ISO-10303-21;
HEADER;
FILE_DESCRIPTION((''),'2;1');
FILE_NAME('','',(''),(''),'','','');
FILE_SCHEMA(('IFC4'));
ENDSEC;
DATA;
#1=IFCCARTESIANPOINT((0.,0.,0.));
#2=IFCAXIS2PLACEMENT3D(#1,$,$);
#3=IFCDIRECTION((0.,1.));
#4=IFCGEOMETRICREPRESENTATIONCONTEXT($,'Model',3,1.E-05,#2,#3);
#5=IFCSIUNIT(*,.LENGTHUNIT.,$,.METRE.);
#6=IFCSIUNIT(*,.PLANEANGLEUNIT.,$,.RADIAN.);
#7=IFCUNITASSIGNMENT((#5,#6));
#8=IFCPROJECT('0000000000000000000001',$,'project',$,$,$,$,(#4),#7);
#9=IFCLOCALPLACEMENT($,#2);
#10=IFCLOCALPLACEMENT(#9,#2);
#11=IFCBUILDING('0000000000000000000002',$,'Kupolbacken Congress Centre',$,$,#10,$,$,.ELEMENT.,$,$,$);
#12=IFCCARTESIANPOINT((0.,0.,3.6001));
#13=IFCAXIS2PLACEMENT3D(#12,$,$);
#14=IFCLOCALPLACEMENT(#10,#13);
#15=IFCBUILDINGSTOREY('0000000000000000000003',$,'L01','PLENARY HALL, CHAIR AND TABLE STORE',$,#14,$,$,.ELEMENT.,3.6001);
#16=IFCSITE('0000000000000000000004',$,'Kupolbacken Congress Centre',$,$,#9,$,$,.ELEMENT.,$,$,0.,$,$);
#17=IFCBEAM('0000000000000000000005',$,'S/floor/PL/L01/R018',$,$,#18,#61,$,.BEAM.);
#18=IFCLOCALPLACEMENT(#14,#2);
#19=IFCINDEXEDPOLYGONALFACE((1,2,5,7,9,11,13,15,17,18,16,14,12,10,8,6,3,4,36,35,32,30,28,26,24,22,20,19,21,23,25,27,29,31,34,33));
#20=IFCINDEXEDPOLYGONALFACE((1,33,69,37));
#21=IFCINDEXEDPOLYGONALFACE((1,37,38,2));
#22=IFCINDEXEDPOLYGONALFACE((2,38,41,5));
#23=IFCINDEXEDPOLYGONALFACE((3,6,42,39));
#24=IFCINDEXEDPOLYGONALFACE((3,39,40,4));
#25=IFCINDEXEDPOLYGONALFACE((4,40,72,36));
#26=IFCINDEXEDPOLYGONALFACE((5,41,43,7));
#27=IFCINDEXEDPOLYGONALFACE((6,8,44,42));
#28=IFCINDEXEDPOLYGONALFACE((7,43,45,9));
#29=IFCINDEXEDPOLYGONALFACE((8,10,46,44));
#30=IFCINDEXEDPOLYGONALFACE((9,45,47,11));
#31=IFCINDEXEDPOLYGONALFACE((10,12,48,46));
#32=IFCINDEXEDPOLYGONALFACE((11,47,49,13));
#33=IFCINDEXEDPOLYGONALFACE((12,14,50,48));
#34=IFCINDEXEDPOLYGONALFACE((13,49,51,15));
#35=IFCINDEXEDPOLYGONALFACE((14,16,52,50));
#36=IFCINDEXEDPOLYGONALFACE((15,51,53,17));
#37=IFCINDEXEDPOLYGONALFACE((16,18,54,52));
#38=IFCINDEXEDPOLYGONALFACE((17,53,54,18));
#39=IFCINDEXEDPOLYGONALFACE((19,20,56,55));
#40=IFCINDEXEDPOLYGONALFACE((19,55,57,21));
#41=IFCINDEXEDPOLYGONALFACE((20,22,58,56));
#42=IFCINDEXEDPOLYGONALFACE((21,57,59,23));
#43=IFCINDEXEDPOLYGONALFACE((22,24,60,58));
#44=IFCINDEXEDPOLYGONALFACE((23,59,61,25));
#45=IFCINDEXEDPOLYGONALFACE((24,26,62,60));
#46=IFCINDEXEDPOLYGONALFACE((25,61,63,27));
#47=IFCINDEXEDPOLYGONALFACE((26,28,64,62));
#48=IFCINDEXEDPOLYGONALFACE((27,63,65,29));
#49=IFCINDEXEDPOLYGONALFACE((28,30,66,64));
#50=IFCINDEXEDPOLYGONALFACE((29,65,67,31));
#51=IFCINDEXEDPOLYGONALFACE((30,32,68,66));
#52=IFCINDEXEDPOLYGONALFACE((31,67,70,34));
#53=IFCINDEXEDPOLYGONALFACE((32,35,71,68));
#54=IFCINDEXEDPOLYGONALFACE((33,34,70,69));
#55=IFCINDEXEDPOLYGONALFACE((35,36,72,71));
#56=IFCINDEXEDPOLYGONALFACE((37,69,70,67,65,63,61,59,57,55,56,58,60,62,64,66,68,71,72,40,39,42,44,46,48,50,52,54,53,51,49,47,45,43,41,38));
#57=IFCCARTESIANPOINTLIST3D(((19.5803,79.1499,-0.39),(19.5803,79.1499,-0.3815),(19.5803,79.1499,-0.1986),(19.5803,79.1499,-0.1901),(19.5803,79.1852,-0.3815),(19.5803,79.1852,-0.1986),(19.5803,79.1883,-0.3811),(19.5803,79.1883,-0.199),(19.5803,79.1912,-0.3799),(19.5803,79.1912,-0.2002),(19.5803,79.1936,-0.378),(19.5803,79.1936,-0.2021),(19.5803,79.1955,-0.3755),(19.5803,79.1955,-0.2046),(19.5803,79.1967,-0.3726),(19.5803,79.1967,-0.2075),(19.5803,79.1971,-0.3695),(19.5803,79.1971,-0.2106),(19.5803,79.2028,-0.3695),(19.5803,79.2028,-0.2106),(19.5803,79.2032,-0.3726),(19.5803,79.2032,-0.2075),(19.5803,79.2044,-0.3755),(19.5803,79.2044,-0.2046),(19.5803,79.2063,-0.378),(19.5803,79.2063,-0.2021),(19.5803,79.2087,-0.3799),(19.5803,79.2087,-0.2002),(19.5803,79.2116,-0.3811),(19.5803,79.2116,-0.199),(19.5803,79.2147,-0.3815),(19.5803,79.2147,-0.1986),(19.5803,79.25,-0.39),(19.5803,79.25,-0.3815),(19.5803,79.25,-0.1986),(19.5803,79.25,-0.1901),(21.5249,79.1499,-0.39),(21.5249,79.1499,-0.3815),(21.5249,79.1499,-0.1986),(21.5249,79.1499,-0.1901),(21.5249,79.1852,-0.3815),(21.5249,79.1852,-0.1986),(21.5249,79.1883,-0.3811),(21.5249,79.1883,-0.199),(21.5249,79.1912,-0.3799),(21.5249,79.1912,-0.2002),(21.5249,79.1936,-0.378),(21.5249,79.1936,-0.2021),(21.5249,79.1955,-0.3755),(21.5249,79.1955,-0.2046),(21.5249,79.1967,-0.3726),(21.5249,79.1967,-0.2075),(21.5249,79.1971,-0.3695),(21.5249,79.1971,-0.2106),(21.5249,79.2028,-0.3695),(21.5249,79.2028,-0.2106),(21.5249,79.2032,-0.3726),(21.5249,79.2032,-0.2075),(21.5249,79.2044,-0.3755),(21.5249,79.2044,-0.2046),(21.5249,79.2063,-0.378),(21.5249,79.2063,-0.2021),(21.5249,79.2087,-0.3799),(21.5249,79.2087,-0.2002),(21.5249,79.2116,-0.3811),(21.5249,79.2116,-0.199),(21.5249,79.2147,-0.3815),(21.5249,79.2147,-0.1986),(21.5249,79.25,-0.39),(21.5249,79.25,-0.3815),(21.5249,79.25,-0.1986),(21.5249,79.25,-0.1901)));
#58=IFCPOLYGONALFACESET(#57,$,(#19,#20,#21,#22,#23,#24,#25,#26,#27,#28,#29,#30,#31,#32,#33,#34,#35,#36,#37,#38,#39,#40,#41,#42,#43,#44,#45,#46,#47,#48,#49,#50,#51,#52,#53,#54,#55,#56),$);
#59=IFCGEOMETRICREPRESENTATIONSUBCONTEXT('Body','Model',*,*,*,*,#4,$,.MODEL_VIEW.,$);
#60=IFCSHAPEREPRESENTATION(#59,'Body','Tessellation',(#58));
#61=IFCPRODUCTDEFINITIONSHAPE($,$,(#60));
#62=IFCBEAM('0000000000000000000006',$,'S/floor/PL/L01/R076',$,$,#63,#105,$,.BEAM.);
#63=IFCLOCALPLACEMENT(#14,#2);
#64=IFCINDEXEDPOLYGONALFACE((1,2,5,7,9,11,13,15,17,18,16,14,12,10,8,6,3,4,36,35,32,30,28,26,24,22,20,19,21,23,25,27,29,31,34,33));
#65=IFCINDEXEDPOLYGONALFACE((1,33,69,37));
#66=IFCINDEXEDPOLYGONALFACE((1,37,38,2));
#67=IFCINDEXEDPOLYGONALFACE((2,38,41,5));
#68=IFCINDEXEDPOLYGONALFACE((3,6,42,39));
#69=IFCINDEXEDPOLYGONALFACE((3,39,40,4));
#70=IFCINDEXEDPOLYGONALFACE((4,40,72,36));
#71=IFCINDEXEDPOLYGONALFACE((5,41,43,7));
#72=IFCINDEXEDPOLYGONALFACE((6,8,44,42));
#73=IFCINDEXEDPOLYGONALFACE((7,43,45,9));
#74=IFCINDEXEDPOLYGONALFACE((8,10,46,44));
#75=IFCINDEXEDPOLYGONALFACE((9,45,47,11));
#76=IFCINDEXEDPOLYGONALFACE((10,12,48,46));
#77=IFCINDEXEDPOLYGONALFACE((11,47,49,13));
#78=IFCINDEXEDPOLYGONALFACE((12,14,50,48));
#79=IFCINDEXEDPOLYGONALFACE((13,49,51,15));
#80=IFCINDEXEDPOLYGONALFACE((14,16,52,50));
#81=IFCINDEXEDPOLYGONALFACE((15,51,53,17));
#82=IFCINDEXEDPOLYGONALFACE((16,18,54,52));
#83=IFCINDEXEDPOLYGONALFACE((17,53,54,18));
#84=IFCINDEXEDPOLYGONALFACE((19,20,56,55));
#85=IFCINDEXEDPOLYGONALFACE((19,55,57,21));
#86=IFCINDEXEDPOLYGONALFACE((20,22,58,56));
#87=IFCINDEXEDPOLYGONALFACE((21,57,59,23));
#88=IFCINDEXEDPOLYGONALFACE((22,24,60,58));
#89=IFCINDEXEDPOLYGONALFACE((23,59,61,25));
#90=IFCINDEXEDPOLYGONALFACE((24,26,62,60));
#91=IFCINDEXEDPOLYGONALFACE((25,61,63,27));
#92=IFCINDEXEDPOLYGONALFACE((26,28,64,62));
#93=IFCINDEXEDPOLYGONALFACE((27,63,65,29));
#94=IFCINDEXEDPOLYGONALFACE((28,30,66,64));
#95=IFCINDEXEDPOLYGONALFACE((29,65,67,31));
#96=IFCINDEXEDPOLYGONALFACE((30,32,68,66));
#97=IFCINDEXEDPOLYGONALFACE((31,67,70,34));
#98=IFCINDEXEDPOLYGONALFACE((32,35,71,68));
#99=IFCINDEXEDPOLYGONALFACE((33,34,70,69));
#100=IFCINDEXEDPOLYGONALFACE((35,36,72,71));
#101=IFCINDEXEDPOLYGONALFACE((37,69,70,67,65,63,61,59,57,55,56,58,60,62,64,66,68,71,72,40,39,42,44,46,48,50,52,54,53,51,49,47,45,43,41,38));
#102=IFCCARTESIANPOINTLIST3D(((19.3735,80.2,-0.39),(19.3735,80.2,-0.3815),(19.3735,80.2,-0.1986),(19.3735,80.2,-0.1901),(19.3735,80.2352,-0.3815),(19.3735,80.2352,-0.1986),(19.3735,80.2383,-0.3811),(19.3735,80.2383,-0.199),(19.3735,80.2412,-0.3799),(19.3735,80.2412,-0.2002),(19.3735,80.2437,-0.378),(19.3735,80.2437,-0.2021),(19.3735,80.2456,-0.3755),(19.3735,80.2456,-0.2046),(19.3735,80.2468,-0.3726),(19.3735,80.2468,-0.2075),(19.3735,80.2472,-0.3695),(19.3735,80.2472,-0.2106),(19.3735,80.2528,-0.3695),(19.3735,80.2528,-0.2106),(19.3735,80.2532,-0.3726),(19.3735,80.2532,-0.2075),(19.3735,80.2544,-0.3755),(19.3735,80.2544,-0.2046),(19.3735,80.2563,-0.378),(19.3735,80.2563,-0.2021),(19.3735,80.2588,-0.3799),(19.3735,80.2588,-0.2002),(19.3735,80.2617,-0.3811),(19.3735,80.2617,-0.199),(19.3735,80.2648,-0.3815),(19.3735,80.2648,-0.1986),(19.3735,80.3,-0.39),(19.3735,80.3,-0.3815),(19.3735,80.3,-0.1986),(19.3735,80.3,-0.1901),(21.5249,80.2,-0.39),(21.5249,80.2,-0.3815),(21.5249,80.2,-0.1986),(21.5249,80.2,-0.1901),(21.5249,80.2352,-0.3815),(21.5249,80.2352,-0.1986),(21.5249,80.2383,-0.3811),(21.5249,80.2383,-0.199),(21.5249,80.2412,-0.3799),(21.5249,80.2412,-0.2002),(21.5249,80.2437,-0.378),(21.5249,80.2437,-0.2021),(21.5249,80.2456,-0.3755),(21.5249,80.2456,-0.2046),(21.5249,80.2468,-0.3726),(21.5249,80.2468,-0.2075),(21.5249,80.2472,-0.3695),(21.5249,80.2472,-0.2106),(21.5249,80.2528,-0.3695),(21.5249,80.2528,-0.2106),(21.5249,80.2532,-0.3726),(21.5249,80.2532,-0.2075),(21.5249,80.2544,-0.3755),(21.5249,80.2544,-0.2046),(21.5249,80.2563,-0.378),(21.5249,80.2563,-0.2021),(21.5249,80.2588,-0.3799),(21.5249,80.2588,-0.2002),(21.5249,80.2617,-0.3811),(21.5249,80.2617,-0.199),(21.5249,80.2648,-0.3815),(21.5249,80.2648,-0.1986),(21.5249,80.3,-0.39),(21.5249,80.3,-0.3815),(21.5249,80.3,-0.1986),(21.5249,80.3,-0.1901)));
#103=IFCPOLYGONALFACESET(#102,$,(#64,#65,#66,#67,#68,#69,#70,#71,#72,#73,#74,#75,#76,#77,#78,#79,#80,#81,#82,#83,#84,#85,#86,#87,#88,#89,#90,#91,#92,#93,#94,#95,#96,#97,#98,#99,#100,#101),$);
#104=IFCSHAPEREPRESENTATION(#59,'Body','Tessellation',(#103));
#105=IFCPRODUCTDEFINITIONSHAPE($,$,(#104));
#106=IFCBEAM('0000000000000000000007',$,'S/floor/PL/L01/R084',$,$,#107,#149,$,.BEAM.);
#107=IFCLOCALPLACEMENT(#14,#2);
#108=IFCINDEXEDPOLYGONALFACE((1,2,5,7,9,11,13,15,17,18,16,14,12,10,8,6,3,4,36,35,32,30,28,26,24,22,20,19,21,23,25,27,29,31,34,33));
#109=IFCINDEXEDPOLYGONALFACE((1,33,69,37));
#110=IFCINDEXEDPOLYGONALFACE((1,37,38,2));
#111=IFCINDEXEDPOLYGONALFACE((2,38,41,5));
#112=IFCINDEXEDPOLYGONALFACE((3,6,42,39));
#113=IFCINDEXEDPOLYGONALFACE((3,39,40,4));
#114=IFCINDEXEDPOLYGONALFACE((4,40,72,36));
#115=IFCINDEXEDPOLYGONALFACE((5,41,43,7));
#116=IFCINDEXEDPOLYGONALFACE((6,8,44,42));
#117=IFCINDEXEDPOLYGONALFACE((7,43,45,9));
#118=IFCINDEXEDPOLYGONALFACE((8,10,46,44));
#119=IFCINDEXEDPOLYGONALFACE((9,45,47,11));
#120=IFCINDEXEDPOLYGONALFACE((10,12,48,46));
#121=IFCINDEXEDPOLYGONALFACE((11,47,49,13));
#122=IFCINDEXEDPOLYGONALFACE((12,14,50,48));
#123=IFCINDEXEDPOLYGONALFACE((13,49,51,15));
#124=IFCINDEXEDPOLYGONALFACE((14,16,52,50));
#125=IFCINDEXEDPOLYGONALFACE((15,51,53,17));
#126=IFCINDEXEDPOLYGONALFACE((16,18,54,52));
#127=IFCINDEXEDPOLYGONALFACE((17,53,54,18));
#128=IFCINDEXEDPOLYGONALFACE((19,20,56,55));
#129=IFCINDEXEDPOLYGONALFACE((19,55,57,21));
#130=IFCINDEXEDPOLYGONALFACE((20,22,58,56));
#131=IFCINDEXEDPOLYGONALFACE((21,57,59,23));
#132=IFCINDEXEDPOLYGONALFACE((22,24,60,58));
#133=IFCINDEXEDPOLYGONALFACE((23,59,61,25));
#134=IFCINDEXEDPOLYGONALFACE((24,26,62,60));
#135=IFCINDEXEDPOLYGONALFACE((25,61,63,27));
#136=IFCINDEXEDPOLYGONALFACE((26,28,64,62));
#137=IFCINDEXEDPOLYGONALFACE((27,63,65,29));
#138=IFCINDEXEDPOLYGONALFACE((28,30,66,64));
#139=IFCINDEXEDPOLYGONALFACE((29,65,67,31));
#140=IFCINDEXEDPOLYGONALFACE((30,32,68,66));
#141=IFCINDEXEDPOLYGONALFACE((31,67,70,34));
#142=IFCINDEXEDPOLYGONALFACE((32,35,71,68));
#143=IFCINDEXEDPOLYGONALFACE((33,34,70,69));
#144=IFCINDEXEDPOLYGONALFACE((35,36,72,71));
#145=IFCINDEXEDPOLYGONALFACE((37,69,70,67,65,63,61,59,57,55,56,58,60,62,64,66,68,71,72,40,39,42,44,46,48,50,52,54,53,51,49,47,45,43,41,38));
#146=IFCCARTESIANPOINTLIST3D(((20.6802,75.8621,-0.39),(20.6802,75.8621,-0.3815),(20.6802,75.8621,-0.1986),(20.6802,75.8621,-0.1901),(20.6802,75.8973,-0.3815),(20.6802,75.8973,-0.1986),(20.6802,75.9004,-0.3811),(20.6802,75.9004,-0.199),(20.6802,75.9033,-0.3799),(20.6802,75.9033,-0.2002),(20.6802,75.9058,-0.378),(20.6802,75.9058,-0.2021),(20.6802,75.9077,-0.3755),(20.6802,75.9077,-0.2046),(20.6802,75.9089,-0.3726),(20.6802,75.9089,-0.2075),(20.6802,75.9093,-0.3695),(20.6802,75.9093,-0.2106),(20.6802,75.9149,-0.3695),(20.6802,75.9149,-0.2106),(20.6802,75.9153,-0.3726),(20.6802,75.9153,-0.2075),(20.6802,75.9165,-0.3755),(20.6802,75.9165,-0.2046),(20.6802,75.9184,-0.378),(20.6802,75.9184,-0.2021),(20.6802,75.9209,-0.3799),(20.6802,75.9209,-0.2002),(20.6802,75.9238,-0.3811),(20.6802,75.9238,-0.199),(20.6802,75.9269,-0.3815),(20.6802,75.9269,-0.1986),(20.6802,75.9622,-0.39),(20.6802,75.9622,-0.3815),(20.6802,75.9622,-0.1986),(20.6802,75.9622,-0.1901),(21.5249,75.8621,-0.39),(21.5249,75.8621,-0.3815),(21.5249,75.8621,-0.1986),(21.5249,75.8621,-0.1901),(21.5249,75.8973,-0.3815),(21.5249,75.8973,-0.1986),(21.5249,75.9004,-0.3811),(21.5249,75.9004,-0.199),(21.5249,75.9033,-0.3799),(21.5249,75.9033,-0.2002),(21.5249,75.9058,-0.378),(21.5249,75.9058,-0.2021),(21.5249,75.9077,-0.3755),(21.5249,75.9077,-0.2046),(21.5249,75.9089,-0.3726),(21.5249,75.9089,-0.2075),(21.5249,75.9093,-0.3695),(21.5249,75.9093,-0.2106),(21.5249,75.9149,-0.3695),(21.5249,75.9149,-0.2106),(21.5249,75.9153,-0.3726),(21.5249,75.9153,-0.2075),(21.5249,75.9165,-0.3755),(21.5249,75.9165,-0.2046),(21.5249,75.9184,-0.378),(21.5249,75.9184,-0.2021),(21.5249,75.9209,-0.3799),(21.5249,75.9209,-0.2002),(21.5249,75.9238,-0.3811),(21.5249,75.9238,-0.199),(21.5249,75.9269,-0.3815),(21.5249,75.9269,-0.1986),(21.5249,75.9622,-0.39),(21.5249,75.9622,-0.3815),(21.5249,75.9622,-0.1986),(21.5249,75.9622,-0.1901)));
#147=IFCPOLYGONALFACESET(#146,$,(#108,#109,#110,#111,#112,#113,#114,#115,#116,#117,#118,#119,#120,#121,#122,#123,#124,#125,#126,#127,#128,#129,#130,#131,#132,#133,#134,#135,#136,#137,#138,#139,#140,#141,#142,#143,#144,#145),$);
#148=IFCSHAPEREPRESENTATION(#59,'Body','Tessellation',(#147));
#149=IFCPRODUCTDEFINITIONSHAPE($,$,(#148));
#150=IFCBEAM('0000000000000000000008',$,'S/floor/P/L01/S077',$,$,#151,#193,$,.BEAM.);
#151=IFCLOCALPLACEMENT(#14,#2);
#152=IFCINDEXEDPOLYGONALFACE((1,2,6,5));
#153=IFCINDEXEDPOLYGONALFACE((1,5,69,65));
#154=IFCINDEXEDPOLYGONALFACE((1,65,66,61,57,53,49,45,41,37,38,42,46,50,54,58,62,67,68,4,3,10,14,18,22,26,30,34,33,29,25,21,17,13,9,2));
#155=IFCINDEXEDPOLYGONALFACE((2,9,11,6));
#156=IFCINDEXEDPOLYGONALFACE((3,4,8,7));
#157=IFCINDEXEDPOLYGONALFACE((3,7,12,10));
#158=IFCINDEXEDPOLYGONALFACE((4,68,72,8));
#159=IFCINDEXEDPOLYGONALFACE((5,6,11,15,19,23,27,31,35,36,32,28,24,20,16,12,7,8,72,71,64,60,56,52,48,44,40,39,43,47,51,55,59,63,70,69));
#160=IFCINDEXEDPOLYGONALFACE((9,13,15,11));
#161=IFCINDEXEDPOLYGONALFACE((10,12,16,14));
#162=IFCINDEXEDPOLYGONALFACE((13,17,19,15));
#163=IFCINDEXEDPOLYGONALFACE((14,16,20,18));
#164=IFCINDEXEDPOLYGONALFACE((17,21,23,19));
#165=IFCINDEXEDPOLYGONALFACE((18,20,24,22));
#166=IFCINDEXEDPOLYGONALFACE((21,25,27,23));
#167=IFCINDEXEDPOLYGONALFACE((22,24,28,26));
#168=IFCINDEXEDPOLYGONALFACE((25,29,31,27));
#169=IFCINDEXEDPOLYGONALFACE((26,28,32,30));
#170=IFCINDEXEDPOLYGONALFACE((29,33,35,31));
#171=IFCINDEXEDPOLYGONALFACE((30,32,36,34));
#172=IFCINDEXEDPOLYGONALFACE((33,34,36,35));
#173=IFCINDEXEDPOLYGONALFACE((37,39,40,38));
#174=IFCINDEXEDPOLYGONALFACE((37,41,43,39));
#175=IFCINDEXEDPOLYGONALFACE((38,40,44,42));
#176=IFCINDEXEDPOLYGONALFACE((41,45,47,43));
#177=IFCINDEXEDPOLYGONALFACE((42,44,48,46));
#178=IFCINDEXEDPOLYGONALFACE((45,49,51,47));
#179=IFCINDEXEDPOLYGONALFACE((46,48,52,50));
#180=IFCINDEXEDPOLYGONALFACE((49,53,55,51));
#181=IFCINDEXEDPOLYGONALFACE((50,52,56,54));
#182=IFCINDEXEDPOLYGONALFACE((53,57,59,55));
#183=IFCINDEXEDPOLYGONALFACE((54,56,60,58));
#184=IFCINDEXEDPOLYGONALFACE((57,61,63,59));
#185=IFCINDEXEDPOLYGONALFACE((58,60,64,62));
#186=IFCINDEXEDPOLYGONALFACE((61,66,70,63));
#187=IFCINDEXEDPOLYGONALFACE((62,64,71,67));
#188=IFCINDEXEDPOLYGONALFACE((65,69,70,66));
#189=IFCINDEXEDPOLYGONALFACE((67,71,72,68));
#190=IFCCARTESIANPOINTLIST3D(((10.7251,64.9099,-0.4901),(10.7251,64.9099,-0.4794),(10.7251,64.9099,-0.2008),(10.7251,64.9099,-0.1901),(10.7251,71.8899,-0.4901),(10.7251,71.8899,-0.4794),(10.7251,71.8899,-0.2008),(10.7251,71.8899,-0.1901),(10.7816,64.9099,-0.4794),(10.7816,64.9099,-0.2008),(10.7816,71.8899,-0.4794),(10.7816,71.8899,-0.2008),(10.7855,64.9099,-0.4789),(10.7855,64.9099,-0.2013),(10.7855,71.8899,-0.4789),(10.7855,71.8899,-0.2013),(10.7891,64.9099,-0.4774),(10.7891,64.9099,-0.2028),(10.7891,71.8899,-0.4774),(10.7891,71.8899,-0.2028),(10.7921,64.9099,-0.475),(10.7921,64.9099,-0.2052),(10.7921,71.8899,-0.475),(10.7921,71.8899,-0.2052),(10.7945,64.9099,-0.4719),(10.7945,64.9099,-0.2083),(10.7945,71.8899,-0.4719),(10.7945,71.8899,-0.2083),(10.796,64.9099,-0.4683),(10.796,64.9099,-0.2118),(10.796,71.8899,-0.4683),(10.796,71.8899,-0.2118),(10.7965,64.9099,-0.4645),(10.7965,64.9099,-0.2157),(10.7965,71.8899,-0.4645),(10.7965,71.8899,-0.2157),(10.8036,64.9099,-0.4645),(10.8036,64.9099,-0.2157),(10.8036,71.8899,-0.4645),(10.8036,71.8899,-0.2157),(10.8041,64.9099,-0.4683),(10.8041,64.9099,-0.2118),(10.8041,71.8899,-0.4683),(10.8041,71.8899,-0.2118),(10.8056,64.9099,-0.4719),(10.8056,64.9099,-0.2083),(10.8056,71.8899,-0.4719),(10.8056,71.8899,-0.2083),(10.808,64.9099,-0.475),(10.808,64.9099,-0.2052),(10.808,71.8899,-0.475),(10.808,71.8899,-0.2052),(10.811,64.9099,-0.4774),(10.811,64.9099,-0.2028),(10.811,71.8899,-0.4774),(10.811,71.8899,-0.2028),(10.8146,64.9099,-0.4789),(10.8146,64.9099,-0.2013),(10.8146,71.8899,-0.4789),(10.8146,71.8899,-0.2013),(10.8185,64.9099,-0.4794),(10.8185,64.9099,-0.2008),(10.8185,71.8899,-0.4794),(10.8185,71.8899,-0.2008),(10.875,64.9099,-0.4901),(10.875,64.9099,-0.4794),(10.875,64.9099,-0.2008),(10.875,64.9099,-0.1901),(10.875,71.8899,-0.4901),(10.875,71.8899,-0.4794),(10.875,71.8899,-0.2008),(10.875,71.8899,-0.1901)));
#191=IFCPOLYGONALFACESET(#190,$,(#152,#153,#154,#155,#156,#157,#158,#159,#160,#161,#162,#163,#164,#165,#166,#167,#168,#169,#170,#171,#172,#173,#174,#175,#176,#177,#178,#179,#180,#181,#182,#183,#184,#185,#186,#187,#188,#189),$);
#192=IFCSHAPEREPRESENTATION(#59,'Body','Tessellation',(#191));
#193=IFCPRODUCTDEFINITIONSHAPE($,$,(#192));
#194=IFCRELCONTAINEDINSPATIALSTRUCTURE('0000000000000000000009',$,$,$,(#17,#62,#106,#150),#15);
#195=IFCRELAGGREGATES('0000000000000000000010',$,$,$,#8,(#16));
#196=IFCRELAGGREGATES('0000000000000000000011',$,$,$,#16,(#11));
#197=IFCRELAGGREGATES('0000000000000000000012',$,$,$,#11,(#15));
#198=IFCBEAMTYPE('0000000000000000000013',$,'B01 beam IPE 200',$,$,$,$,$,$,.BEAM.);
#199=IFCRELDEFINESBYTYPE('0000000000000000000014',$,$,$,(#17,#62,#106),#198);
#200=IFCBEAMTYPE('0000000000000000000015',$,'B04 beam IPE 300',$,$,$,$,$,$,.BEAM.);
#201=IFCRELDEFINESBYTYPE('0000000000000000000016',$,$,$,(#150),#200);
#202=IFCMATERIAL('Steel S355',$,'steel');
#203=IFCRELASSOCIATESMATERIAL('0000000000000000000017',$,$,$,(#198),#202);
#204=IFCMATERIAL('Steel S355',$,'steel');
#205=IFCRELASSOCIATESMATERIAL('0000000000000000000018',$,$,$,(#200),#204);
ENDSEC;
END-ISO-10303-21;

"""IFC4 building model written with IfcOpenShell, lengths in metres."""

from ifc_helpers import new_model, si_unit, direction, frame, origin, origin_2d, place, context, subcontext, project, spatial, i_section, extrude, material, material_profile, profile_set, type_object, element, save


model = new_model("IFC4")

# Units and contexts
model_context = context("Model", 3, precision=1e-05, world=origin(), true_north=direction((0.0, 1.0)))
body_context = subcontext(model_context, "Body", "Model", "MODEL_VIEW")
ifc_project = project(units=[si_unit("LENGTHUNIT", "METRE"), si_unit("PLANEANGLEUNIT", "RADIAN")], contexts=[model_context])

# Site, building, storey
site_placement = place(None, origin())
site = spatial("IfcSite", under=ifc_project, at=site_placement, Name="Kupolbacken Congress Centre", CompositionType="ELEMENT", RefElevation=0.0)
building_placement = place(site_placement, origin())
building = spatial("IfcBuilding", under=site, at=building_placement, Name="Kupolbacken Congress Centre", CompositionType="ELEMENT")
storey_placement = place(building_placement, frame((0.0, 0.0, 3.6001)))
storey = spatial("IfcBuildingStorey", under=building, at=storey_placement, Name="L01", Description="PLENARY HALL, CHAIR AND TABLE STORE", CompositionType="ELEMENT", Elevation=3.6001)

# Beams
ifc_material_1 = material(Name="Steel S355", Category="steel")
ifc_material_profile_1 = material_profile(ifc_material_1, i_section(OverallWidth=0.1001, OverallDepth=0.2, WebThickness=0.0056, FlangeThickness=0.0085, FilletRadius=0.012, at=origin_2d()), Name="IPE 200")
ifc_profile_set_1 = profile_set([ifc_material_profile_1], Name="Steel S355")
beam_type_1 = type_object("IfcBeamType", Name="B01 beam IPE 200", PredefinedType="BEAM", material=ifc_profile_set_1)
beam_1_placement = place(storey_placement, frame((19.5803, 79.2, -0.29), z_axis=(1.0, 0.0, 0.0), x_axis=(0.0, 1.0, 0.0)))
element("IfcBeam", 1, at=beam_1_placement, inside=storey, type_object=beam_type_1, Name="S/floor/PL/L01/R018", PredefinedType="BEAM", context=body_context, shape_type="SweptSolid", body=[
    extrude(i_section(OverallWidth=0.1001, OverallDepth=0.2, WebThickness=0.0056, FlangeThickness=0.0085, FilletRadius=0.012, at=origin_2d()), origin(), (0.0, 0.0, 1.0), 1.9446),
])
beam_2_placement = place(storey_placement, frame((19.3735, 80.25, -0.29), z_axis=(1.0, 0.0, 0.0), x_axis=(0.0, 1.0, 0.0)))
element("IfcBeam", 2, at=beam_2_placement, inside=storey, type_object=beam_type_1, Name="S/floor/PL/L01/R076", PredefinedType="BEAM", context=body_context, shape_type="SweptSolid", body=[
    extrude(i_section(OverallWidth=0.1001, OverallDepth=0.2, WebThickness=0.0056, FlangeThickness=0.0085, FilletRadius=0.012, at=origin_2d()), origin(), (0.0, 0.0, 1.0), 2.1514),
])
beam_3_placement = place(storey_placement, frame((20.6802, 75.9121, -0.29), z_axis=(1.0, 0.0, 0.0), x_axis=(0.0, 1.0, 0.0)))
element("IfcBeam", 3, at=beam_3_placement, inside=storey, type_object=beam_type_1, Name="S/floor/PL/L01/R084", PredefinedType="BEAM", context=body_context, shape_type="SweptSolid", body=[
    extrude(i_section(OverallWidth=0.1001, OverallDepth=0.2, WebThickness=0.0056, FlangeThickness=0.0085, FilletRadius=0.012, at=origin_2d()), origin(), (0.0, 0.0, 1.0), 0.8447),
])
ifc_material_2 = material(Name="Steel S355", Category="steel")
ifc_material_profile_2 = material_profile(ifc_material_2, i_section(OverallWidth=0.1499, OverallDepth=0.3, WebThickness=0.0071, FlangeThickness=0.0107, FilletRadius=0.0149, at=origin_2d()), Name="IPE 300")
ifc_profile_set_2 = profile_set([ifc_material_profile_2], Name="Steel S355")
beam_type_2 = type_object("IfcBeamType", Name="B04 beam IPE 300", PredefinedType="BEAM", material=ifc_profile_set_2)
beam_4_placement = place(storey_placement, frame((10.8, 64.9099, -0.3401), z_axis=(0.0, 1.0, 0.0), x_axis=(-1.0, 0.0, 0.0)))
element("IfcBeam", 4, at=beam_4_placement, inside=storey, type_object=beam_type_2, Name="S/floor/P/L01/S077", PredefinedType="BEAM", context=body_context, shape_type="SweptSolid", body=[
    extrude(i_section(OverallWidth=0.1499, OverallDepth=0.3, WebThickness=0.0071, FlangeThickness=0.0107, FilletRadius=0.0149, at=origin_2d()), origin(), (0.0, 0.0, 1.0), 6.98),
])

save(model, "model.ifc")
